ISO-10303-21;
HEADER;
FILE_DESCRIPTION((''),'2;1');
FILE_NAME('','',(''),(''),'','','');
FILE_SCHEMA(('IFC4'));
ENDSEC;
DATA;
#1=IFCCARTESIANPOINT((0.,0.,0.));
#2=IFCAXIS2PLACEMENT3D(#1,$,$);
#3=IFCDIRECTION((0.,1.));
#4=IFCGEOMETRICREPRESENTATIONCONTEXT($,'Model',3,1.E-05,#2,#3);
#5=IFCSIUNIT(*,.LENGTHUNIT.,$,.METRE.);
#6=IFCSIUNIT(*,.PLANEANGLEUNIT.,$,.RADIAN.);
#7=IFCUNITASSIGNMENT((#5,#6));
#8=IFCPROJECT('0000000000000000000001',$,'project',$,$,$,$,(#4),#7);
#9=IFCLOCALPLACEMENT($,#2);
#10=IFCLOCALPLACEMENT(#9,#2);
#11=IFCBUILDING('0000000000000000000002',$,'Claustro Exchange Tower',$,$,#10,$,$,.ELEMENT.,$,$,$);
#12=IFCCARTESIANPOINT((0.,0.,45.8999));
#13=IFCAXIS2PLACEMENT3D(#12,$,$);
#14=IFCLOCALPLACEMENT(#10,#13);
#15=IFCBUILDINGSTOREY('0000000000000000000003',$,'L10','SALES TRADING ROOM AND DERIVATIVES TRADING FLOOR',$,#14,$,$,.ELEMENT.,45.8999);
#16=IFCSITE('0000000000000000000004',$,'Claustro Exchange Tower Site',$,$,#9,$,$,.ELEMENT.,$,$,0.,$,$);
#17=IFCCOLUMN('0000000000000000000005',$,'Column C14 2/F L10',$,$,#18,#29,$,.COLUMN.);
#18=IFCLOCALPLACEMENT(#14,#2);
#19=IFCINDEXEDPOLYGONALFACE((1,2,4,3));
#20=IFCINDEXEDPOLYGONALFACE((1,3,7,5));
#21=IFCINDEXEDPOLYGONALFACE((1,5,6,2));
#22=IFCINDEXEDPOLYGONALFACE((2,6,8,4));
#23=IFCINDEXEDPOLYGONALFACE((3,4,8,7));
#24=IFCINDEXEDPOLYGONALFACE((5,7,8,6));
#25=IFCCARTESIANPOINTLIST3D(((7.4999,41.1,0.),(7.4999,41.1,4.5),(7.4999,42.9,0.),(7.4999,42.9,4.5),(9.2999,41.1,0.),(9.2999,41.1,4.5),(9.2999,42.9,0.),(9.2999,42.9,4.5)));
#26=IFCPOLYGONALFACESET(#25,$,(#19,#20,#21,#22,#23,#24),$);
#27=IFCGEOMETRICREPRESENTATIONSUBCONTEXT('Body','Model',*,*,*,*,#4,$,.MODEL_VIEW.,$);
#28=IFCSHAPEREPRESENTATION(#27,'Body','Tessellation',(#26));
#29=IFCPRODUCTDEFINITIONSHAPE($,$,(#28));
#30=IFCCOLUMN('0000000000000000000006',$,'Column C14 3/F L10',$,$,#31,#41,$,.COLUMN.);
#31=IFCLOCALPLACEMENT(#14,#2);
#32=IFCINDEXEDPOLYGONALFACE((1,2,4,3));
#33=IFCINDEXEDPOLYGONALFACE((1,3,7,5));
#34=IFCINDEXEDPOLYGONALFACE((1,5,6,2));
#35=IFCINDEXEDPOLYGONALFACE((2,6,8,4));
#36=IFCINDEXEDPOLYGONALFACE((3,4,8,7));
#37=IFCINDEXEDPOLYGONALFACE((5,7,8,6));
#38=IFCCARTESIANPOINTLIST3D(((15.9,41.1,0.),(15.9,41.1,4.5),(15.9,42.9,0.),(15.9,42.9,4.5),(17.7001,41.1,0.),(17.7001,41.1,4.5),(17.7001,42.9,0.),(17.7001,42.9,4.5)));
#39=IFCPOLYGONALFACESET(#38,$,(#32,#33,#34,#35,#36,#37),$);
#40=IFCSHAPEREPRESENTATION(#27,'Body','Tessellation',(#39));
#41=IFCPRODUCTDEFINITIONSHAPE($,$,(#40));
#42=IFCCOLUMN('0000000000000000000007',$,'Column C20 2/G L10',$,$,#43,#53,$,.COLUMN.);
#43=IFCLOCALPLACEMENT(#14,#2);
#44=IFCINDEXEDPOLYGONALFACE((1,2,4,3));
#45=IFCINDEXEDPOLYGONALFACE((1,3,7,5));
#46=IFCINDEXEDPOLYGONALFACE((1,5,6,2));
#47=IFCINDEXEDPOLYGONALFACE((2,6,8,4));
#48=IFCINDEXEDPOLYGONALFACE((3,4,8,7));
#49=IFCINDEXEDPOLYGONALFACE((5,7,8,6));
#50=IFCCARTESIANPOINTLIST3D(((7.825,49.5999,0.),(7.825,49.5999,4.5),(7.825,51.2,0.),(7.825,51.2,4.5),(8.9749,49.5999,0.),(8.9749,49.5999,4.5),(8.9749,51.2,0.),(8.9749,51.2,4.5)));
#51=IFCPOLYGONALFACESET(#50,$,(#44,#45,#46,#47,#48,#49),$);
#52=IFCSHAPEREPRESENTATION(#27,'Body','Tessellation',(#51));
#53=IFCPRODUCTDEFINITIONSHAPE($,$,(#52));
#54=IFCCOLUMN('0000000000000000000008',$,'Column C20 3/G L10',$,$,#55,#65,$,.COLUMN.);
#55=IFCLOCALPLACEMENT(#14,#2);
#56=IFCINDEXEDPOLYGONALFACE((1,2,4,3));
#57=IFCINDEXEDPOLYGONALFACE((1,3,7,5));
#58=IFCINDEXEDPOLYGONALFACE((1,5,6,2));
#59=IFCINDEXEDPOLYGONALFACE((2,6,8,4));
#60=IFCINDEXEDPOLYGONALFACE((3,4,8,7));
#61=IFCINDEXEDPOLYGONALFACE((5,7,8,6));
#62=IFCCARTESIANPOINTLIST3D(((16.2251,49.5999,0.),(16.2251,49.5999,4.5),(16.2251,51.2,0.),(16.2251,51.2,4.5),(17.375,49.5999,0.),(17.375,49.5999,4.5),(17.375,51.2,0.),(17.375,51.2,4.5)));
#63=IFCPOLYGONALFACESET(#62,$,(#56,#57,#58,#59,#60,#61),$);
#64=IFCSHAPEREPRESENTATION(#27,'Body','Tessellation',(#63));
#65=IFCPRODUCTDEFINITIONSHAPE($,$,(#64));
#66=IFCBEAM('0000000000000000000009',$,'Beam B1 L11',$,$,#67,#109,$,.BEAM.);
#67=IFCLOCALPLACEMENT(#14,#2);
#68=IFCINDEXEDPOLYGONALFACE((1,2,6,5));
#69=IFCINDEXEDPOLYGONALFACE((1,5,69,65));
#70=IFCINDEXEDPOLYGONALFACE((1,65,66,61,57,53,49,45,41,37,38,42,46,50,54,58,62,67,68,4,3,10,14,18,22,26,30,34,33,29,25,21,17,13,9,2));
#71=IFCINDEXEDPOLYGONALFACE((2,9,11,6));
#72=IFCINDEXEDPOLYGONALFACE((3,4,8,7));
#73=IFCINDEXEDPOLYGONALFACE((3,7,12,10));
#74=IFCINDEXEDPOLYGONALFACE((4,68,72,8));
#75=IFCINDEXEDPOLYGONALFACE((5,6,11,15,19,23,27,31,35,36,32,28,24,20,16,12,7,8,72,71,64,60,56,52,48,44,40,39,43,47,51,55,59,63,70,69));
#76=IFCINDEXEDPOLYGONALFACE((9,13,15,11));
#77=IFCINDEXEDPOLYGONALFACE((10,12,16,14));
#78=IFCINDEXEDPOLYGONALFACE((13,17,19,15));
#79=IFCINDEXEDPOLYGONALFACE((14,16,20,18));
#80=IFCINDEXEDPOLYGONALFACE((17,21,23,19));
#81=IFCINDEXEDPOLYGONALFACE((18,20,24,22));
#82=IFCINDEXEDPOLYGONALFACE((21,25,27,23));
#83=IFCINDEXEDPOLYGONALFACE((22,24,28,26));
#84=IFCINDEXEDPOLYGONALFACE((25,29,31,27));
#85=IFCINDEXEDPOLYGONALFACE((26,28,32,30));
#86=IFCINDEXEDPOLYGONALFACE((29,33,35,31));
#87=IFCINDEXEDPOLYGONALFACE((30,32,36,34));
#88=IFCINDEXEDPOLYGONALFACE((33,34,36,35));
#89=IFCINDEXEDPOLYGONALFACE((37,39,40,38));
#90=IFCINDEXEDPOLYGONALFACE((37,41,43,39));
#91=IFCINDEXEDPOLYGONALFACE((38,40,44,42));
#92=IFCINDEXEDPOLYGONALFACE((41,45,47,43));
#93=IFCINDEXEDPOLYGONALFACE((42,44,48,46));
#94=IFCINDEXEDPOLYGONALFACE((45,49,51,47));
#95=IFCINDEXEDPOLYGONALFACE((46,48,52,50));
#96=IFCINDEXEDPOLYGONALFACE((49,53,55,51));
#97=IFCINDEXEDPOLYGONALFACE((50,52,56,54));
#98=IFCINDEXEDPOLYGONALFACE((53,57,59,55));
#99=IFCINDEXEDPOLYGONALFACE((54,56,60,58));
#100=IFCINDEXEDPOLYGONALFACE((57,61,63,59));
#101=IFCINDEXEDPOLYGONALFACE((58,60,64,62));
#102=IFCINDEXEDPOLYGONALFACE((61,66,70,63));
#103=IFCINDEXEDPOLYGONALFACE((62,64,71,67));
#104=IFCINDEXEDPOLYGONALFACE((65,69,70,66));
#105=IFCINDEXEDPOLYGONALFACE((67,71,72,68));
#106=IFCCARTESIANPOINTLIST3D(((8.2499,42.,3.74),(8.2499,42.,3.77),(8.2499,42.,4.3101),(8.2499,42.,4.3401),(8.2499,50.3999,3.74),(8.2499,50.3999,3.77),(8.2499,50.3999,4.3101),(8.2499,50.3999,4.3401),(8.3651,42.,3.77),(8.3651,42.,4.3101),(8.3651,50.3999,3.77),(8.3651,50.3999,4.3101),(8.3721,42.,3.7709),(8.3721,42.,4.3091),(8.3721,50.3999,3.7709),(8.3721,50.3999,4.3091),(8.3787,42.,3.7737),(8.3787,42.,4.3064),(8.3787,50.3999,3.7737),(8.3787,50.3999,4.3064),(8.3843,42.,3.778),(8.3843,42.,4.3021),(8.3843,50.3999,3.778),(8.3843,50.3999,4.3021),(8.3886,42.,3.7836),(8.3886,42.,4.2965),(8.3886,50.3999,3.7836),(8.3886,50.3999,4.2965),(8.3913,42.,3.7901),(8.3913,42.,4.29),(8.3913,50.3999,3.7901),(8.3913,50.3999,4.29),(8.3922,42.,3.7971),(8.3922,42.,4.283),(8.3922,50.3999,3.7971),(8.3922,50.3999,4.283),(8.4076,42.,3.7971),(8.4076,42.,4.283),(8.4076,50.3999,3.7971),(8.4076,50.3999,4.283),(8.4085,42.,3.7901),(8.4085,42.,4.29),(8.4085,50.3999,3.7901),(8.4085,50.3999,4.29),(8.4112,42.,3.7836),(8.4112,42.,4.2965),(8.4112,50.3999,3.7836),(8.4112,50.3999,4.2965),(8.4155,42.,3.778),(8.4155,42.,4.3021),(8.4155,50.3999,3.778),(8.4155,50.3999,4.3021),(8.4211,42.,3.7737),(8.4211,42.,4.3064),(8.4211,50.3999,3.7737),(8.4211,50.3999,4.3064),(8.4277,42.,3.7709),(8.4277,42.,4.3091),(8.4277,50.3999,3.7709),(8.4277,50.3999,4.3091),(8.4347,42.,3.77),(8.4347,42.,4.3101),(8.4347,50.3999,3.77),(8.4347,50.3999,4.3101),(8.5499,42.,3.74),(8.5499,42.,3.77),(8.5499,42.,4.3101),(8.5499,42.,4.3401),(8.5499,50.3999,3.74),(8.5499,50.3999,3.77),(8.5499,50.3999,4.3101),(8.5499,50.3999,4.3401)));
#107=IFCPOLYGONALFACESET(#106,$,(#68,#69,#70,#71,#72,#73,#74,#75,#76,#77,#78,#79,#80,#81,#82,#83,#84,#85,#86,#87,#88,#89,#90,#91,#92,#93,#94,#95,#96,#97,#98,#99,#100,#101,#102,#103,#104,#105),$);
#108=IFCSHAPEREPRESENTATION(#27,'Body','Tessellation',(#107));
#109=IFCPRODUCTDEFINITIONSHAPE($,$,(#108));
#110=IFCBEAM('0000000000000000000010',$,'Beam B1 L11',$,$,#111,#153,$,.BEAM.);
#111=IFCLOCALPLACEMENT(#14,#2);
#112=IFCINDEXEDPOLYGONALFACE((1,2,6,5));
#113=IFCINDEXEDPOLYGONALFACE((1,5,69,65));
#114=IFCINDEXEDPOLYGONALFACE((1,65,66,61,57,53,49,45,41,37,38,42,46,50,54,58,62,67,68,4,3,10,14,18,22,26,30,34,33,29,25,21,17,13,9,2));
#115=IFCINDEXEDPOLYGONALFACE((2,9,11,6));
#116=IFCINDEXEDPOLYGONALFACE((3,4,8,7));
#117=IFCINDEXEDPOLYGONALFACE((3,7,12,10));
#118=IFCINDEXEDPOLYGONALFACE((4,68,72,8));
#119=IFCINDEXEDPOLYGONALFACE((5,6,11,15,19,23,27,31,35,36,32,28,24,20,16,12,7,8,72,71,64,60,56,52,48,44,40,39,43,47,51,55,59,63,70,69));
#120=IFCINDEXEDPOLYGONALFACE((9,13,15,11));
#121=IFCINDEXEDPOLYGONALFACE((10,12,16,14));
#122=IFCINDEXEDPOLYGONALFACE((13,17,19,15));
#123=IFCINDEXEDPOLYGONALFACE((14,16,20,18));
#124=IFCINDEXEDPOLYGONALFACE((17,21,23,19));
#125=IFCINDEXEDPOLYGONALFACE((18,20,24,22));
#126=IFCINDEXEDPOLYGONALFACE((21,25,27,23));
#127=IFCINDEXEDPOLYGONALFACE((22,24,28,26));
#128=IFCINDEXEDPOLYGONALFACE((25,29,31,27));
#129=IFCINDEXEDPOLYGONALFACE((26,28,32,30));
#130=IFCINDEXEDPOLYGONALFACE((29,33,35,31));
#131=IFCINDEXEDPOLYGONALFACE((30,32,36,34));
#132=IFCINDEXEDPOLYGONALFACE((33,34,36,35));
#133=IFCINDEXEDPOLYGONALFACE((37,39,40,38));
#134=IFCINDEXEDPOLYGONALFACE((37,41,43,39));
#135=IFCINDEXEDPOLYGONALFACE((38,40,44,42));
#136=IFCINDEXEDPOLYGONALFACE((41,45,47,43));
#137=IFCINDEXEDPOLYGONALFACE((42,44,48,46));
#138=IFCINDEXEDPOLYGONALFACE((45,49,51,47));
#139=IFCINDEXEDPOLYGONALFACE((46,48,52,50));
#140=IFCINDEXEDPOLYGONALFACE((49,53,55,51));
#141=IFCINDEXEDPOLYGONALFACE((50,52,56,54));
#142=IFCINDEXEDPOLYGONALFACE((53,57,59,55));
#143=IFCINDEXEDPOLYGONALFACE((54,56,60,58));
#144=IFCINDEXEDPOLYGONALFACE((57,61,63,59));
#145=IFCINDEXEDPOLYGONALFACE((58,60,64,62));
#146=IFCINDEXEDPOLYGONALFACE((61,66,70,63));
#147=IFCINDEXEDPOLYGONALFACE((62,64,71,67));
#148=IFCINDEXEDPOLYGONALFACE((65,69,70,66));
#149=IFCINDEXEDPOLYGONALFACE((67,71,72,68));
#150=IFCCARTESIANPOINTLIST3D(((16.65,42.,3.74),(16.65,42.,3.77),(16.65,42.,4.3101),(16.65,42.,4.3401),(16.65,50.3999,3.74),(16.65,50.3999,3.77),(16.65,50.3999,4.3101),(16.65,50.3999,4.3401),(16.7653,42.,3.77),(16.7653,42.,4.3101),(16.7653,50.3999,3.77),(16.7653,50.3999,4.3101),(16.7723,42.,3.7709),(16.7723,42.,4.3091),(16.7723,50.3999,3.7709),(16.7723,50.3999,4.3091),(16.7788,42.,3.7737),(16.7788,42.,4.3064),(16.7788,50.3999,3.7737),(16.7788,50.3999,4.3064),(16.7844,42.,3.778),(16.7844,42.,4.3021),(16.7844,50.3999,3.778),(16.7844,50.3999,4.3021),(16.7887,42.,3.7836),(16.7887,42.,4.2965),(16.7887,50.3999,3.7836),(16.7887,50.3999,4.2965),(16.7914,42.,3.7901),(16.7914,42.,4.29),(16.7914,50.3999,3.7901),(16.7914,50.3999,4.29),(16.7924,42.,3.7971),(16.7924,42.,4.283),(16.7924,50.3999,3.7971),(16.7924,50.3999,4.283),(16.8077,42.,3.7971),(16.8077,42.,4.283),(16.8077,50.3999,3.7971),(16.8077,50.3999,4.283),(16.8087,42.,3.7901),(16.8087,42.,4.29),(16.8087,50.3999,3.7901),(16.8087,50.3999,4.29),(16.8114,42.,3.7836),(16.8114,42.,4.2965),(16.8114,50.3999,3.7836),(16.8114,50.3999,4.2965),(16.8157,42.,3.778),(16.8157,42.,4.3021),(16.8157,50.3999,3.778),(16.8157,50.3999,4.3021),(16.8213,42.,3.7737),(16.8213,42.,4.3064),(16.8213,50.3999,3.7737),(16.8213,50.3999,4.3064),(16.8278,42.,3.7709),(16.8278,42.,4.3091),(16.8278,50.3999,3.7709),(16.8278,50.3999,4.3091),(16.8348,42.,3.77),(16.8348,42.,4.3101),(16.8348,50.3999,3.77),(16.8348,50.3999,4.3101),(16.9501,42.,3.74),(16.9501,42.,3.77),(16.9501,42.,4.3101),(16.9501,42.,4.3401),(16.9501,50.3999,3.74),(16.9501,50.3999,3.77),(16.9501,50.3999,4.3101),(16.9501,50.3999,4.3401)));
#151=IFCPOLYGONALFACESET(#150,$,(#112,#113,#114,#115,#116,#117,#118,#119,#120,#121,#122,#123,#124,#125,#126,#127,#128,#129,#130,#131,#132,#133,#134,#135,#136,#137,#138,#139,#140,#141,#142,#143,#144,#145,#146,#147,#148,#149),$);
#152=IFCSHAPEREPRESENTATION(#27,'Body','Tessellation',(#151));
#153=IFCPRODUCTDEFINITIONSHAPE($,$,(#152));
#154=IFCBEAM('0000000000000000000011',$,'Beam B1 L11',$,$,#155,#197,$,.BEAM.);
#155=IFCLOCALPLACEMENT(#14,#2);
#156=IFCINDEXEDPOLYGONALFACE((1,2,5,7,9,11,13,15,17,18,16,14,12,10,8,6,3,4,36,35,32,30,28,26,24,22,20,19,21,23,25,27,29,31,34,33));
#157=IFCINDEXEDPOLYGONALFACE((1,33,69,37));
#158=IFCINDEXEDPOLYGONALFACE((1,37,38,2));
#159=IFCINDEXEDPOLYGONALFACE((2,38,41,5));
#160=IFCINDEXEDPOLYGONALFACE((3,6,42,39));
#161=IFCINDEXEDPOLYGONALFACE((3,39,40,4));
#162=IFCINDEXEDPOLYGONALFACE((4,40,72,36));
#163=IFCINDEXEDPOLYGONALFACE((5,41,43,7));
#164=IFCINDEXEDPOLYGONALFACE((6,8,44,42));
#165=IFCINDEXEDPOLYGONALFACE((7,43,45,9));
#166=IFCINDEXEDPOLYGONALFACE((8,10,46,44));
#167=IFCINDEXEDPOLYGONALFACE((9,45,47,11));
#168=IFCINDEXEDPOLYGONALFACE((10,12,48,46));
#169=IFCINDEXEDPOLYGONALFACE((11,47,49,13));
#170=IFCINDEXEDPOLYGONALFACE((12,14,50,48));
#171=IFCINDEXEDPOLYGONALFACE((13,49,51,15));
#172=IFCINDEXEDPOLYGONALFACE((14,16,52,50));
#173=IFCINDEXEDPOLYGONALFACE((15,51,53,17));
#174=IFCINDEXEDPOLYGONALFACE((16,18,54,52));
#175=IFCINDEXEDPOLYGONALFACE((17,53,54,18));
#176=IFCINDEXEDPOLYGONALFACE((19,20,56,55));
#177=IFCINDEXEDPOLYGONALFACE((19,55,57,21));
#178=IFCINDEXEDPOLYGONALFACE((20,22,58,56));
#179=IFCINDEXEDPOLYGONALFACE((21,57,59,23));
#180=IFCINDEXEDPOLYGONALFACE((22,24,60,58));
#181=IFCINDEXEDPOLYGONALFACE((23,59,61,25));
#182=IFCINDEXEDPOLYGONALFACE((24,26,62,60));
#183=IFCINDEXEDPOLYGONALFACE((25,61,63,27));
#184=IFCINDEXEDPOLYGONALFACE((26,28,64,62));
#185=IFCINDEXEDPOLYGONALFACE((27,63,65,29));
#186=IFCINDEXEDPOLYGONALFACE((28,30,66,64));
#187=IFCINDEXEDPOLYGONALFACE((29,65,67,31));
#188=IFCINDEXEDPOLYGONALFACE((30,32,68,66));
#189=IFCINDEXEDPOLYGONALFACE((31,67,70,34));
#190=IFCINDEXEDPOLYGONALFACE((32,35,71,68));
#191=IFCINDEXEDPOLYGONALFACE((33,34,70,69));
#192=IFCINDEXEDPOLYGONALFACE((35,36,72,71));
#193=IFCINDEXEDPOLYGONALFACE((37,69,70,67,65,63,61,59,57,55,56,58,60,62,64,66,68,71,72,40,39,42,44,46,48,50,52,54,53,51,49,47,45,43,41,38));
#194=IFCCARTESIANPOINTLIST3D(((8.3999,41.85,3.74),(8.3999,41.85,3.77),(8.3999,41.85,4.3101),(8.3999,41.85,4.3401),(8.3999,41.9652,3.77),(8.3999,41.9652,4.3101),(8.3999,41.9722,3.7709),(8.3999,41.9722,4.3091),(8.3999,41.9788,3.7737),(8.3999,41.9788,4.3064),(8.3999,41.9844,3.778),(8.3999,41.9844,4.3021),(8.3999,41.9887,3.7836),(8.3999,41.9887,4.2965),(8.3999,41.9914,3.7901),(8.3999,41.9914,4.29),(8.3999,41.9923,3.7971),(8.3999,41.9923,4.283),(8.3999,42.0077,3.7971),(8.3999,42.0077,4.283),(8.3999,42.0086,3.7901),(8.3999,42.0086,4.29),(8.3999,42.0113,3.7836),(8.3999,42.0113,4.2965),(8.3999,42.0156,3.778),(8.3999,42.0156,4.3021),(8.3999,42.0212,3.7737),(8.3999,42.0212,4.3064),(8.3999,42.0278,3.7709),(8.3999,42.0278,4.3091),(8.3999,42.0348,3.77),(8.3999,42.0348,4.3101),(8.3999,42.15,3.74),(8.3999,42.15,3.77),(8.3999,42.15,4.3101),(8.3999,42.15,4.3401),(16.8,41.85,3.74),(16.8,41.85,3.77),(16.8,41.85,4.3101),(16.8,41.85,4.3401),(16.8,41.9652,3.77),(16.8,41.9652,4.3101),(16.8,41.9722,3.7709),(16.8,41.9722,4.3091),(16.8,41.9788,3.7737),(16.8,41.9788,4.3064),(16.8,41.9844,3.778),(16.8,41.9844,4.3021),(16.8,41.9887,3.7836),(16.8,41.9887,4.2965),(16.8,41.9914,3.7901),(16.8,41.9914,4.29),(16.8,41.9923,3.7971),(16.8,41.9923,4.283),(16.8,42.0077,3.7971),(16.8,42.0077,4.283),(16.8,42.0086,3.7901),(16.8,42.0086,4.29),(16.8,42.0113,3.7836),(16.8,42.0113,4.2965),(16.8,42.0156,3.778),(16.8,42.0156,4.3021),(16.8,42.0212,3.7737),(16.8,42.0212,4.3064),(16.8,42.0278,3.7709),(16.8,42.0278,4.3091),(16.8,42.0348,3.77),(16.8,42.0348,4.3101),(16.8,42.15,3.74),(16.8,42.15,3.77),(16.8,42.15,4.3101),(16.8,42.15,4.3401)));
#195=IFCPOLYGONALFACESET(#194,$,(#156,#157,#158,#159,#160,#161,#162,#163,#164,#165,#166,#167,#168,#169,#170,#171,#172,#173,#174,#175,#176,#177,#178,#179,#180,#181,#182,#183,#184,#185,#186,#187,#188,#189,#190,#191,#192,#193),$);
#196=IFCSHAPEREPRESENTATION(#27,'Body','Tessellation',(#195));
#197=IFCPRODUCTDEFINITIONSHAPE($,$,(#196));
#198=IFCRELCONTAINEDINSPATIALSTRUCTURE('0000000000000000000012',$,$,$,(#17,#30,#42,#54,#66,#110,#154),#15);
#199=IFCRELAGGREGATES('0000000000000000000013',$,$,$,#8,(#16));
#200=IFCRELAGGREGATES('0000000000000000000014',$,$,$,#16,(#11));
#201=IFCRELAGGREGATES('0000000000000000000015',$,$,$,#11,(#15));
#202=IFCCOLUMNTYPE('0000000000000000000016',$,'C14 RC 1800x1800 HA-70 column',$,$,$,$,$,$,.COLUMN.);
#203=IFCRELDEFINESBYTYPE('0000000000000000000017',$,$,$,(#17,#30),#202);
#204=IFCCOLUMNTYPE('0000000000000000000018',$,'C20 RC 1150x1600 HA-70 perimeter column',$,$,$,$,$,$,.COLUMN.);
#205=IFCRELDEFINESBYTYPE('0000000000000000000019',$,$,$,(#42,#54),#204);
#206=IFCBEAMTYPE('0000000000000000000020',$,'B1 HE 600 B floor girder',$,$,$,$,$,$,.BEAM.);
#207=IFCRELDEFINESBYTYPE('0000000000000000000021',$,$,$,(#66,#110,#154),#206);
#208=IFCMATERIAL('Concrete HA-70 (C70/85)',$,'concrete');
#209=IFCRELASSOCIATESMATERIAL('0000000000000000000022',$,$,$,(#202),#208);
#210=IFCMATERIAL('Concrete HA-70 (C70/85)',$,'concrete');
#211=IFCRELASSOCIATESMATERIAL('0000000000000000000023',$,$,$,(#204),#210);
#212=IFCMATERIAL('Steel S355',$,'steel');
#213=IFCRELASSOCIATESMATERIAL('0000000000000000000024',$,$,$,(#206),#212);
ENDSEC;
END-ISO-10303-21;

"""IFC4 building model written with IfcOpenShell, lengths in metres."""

from ifc_helpers import new_model, si_unit, direction, frame, origin, origin_2d, place, context, subcontext, project, spatial, rectangle, i_section, extrude, material, material_profile, profile_set, type_object, element, save


model = new_model("IFC4")

# Units and contexts
model_context = context("Model", 3, precision=1e-05, world=origin(), true_north=direction((0.0, 1.0)))
body_context = subcontext(model_context, "Body", "Model", "MODEL_VIEW")
ifc_project = project(units=[si_unit("LENGTHUNIT", "METRE"), si_unit("PLANEANGLEUNIT", "RADIAN")], contexts=[model_context])

# Site, building, storey
site_placement = place(None, origin())
site = spatial("IfcSite", under=ifc_project, at=site_placement, Name="Claustro Exchange Tower Site", CompositionType="ELEMENT", RefElevation=0.0)
building_placement = place(site_placement, origin())
building = spatial("IfcBuilding", under=site, at=building_placement, Name="Claustro Exchange Tower", CompositionType="ELEMENT")
storey_placement = place(building_placement, frame((0.0, 0.0, 45.8999)))
storey = spatial("IfcBuildingStorey", under=building, at=storey_placement, Name="L10", Description="SALES TRADING ROOM AND DERIVATIVES TRADING FLOOR", CompositionType="ELEMENT", Elevation=45.8999)

# Columns
ifc_material_1 = material(Name="Concrete HA-70 (C70/85)", Category="concrete")
ifc_material_profile_1 = material_profile(ifc_material_1, rectangle(XDim=1.8, YDim=1.8, at=origin_2d()), Name="RC 1800x1800")
ifc_profile_set_1 = profile_set([ifc_material_profile_1], Name="Concrete HA-70 (C70/85)")
column_type_1 = type_object("IfcColumnType", Name="C14 RC 1800x1800 HA-70 column", PredefinedType="COLUMN", material=ifc_profile_set_1)
for number, where, z_axis, x_axis, name in (
    (1, (8.3999, 42.0, 0.0), (0.0, 0.0, 1.0), (1.0, 0.0, 0.0), "Column C14 2/F L10"),
    (2, (16.8, 42.0, 0.0), (0.0, 0.0, 1.0), (1.0, 0.0, 0.0), "Column C14 3/F L10"),
):
    element("IfcColumn", number, at=place(storey_placement, frame(where, z_axis=z_axis, x_axis=x_axis)), inside=storey, type_object=column_type_1, Name=name, PredefinedType="COLUMN", context=body_context, shape_type="SweptSolid", body=[
        extrude(rectangle(XDim=1.8, YDim=1.8, at=origin_2d()), origin(), (0.0, 0.0, 1.0), 4.5),
    ])
ifc_material_2 = material(Name="Concrete HA-70 (C70/85)", Category="concrete")
ifc_material_profile_2 = material_profile(ifc_material_2, rectangle(XDim=1.1499, YDim=1.6001, at=origin_2d()), Name="RC 1150x1600")
ifc_profile_set_2 = profile_set([ifc_material_profile_2], Name="Concrete HA-70 (C70/85)")
column_type_2 = type_object("IfcColumnType", Name="C20 RC 1150x1600 HA-70 perimeter column", PredefinedType="COLUMN", material=ifc_profile_set_2)
for number, where, z_axis, x_axis, name in (
    (3, (8.3999, 50.3999, 0.0), (0.0, 0.0, 1.0), (1.0, 0.0, 0.0), "Column C20 2/G L10"),
    (4, (16.8, 50.3999, 0.0), (0.0, 0.0, 1.0), (1.0, 0.0, 0.0), "Column C20 3/G L10"),
):
    element("IfcColumn", number, at=place(storey_placement, frame(where, z_axis=z_axis, x_axis=x_axis)), inside=storey, type_object=column_type_2, Name=name, PredefinedType="COLUMN", context=body_context, shape_type="SweptSolid", body=[
        extrude(rectangle(XDim=1.1499, YDim=1.6001, at=origin_2d()), origin(), (0.0, 0.0, 1.0), 4.5),
    ])

# Beams
ifc_material_3 = material(Name="Steel S355", Category="steel")
ifc_material_profile_3 = material_profile(ifc_material_3, i_section(OverallWidth=0.3, OverallDepth=0.6001, WebThickness=0.0154, FlangeThickness=0.03, FilletRadius=0.0271, at=origin_2d()), Name="HE 600 B")
ifc_profile_set_3 = profile_set([ifc_material_profile_3], Name="Steel S355")
beam_type_1 = type_object("IfcBeamType", Name="B1 HE 600 B floor girder", PredefinedType="BEAM", material=ifc_profile_set_3)
for number, where, z_axis, x_axis, name in (
    (5, (8.3999, 42.0, 4.04), (0.0, 1.0, 0.0), (-1.0, 0.0, 0.0), "Beam B1 L11"),
    (6, (16.8, 42.0, 4.04), (0.0, 1.0, 0.0), (-1.0, 0.0, 0.0), "Beam B1 L11"),
):
    element("IfcBeam", number, at=place(storey_placement, frame(where, z_axis=z_axis, x_axis=x_axis)), inside=storey, type_object=beam_type_1, Name=name, PredefinedType="BEAM", context=body_context, shape_type="SweptSolid", body=[
        extrude(i_section(OverallWidth=0.3, OverallDepth=0.6001, WebThickness=0.0154, FlangeThickness=0.03, FilletRadius=0.0271, at=origin_2d()), origin(), (0.0, 0.0, 1.0), 8.3999),
    ])
beam_1_placement = place(storey_placement, frame((8.3999, 42.0, 4.04), z_axis=(1.0, 0.0, 0.0), x_axis=(0.0, 1.0, 0.0)))
element("IfcBeam", 7, at=beam_1_placement, inside=storey, type_object=beam_type_1, Name="Beam B1 L11", PredefinedType="BEAM", context=body_context, shape_type="SweptSolid", body=[
    extrude(i_section(OverallWidth=0.3, OverallDepth=0.6001, WebThickness=0.0154, FlangeThickness=0.03, FilletRadius=0.0271, at=origin_2d()), origin(), (0.0, 0.0, 1.0), 8.4001),
])

save(model, "model.ifc")
